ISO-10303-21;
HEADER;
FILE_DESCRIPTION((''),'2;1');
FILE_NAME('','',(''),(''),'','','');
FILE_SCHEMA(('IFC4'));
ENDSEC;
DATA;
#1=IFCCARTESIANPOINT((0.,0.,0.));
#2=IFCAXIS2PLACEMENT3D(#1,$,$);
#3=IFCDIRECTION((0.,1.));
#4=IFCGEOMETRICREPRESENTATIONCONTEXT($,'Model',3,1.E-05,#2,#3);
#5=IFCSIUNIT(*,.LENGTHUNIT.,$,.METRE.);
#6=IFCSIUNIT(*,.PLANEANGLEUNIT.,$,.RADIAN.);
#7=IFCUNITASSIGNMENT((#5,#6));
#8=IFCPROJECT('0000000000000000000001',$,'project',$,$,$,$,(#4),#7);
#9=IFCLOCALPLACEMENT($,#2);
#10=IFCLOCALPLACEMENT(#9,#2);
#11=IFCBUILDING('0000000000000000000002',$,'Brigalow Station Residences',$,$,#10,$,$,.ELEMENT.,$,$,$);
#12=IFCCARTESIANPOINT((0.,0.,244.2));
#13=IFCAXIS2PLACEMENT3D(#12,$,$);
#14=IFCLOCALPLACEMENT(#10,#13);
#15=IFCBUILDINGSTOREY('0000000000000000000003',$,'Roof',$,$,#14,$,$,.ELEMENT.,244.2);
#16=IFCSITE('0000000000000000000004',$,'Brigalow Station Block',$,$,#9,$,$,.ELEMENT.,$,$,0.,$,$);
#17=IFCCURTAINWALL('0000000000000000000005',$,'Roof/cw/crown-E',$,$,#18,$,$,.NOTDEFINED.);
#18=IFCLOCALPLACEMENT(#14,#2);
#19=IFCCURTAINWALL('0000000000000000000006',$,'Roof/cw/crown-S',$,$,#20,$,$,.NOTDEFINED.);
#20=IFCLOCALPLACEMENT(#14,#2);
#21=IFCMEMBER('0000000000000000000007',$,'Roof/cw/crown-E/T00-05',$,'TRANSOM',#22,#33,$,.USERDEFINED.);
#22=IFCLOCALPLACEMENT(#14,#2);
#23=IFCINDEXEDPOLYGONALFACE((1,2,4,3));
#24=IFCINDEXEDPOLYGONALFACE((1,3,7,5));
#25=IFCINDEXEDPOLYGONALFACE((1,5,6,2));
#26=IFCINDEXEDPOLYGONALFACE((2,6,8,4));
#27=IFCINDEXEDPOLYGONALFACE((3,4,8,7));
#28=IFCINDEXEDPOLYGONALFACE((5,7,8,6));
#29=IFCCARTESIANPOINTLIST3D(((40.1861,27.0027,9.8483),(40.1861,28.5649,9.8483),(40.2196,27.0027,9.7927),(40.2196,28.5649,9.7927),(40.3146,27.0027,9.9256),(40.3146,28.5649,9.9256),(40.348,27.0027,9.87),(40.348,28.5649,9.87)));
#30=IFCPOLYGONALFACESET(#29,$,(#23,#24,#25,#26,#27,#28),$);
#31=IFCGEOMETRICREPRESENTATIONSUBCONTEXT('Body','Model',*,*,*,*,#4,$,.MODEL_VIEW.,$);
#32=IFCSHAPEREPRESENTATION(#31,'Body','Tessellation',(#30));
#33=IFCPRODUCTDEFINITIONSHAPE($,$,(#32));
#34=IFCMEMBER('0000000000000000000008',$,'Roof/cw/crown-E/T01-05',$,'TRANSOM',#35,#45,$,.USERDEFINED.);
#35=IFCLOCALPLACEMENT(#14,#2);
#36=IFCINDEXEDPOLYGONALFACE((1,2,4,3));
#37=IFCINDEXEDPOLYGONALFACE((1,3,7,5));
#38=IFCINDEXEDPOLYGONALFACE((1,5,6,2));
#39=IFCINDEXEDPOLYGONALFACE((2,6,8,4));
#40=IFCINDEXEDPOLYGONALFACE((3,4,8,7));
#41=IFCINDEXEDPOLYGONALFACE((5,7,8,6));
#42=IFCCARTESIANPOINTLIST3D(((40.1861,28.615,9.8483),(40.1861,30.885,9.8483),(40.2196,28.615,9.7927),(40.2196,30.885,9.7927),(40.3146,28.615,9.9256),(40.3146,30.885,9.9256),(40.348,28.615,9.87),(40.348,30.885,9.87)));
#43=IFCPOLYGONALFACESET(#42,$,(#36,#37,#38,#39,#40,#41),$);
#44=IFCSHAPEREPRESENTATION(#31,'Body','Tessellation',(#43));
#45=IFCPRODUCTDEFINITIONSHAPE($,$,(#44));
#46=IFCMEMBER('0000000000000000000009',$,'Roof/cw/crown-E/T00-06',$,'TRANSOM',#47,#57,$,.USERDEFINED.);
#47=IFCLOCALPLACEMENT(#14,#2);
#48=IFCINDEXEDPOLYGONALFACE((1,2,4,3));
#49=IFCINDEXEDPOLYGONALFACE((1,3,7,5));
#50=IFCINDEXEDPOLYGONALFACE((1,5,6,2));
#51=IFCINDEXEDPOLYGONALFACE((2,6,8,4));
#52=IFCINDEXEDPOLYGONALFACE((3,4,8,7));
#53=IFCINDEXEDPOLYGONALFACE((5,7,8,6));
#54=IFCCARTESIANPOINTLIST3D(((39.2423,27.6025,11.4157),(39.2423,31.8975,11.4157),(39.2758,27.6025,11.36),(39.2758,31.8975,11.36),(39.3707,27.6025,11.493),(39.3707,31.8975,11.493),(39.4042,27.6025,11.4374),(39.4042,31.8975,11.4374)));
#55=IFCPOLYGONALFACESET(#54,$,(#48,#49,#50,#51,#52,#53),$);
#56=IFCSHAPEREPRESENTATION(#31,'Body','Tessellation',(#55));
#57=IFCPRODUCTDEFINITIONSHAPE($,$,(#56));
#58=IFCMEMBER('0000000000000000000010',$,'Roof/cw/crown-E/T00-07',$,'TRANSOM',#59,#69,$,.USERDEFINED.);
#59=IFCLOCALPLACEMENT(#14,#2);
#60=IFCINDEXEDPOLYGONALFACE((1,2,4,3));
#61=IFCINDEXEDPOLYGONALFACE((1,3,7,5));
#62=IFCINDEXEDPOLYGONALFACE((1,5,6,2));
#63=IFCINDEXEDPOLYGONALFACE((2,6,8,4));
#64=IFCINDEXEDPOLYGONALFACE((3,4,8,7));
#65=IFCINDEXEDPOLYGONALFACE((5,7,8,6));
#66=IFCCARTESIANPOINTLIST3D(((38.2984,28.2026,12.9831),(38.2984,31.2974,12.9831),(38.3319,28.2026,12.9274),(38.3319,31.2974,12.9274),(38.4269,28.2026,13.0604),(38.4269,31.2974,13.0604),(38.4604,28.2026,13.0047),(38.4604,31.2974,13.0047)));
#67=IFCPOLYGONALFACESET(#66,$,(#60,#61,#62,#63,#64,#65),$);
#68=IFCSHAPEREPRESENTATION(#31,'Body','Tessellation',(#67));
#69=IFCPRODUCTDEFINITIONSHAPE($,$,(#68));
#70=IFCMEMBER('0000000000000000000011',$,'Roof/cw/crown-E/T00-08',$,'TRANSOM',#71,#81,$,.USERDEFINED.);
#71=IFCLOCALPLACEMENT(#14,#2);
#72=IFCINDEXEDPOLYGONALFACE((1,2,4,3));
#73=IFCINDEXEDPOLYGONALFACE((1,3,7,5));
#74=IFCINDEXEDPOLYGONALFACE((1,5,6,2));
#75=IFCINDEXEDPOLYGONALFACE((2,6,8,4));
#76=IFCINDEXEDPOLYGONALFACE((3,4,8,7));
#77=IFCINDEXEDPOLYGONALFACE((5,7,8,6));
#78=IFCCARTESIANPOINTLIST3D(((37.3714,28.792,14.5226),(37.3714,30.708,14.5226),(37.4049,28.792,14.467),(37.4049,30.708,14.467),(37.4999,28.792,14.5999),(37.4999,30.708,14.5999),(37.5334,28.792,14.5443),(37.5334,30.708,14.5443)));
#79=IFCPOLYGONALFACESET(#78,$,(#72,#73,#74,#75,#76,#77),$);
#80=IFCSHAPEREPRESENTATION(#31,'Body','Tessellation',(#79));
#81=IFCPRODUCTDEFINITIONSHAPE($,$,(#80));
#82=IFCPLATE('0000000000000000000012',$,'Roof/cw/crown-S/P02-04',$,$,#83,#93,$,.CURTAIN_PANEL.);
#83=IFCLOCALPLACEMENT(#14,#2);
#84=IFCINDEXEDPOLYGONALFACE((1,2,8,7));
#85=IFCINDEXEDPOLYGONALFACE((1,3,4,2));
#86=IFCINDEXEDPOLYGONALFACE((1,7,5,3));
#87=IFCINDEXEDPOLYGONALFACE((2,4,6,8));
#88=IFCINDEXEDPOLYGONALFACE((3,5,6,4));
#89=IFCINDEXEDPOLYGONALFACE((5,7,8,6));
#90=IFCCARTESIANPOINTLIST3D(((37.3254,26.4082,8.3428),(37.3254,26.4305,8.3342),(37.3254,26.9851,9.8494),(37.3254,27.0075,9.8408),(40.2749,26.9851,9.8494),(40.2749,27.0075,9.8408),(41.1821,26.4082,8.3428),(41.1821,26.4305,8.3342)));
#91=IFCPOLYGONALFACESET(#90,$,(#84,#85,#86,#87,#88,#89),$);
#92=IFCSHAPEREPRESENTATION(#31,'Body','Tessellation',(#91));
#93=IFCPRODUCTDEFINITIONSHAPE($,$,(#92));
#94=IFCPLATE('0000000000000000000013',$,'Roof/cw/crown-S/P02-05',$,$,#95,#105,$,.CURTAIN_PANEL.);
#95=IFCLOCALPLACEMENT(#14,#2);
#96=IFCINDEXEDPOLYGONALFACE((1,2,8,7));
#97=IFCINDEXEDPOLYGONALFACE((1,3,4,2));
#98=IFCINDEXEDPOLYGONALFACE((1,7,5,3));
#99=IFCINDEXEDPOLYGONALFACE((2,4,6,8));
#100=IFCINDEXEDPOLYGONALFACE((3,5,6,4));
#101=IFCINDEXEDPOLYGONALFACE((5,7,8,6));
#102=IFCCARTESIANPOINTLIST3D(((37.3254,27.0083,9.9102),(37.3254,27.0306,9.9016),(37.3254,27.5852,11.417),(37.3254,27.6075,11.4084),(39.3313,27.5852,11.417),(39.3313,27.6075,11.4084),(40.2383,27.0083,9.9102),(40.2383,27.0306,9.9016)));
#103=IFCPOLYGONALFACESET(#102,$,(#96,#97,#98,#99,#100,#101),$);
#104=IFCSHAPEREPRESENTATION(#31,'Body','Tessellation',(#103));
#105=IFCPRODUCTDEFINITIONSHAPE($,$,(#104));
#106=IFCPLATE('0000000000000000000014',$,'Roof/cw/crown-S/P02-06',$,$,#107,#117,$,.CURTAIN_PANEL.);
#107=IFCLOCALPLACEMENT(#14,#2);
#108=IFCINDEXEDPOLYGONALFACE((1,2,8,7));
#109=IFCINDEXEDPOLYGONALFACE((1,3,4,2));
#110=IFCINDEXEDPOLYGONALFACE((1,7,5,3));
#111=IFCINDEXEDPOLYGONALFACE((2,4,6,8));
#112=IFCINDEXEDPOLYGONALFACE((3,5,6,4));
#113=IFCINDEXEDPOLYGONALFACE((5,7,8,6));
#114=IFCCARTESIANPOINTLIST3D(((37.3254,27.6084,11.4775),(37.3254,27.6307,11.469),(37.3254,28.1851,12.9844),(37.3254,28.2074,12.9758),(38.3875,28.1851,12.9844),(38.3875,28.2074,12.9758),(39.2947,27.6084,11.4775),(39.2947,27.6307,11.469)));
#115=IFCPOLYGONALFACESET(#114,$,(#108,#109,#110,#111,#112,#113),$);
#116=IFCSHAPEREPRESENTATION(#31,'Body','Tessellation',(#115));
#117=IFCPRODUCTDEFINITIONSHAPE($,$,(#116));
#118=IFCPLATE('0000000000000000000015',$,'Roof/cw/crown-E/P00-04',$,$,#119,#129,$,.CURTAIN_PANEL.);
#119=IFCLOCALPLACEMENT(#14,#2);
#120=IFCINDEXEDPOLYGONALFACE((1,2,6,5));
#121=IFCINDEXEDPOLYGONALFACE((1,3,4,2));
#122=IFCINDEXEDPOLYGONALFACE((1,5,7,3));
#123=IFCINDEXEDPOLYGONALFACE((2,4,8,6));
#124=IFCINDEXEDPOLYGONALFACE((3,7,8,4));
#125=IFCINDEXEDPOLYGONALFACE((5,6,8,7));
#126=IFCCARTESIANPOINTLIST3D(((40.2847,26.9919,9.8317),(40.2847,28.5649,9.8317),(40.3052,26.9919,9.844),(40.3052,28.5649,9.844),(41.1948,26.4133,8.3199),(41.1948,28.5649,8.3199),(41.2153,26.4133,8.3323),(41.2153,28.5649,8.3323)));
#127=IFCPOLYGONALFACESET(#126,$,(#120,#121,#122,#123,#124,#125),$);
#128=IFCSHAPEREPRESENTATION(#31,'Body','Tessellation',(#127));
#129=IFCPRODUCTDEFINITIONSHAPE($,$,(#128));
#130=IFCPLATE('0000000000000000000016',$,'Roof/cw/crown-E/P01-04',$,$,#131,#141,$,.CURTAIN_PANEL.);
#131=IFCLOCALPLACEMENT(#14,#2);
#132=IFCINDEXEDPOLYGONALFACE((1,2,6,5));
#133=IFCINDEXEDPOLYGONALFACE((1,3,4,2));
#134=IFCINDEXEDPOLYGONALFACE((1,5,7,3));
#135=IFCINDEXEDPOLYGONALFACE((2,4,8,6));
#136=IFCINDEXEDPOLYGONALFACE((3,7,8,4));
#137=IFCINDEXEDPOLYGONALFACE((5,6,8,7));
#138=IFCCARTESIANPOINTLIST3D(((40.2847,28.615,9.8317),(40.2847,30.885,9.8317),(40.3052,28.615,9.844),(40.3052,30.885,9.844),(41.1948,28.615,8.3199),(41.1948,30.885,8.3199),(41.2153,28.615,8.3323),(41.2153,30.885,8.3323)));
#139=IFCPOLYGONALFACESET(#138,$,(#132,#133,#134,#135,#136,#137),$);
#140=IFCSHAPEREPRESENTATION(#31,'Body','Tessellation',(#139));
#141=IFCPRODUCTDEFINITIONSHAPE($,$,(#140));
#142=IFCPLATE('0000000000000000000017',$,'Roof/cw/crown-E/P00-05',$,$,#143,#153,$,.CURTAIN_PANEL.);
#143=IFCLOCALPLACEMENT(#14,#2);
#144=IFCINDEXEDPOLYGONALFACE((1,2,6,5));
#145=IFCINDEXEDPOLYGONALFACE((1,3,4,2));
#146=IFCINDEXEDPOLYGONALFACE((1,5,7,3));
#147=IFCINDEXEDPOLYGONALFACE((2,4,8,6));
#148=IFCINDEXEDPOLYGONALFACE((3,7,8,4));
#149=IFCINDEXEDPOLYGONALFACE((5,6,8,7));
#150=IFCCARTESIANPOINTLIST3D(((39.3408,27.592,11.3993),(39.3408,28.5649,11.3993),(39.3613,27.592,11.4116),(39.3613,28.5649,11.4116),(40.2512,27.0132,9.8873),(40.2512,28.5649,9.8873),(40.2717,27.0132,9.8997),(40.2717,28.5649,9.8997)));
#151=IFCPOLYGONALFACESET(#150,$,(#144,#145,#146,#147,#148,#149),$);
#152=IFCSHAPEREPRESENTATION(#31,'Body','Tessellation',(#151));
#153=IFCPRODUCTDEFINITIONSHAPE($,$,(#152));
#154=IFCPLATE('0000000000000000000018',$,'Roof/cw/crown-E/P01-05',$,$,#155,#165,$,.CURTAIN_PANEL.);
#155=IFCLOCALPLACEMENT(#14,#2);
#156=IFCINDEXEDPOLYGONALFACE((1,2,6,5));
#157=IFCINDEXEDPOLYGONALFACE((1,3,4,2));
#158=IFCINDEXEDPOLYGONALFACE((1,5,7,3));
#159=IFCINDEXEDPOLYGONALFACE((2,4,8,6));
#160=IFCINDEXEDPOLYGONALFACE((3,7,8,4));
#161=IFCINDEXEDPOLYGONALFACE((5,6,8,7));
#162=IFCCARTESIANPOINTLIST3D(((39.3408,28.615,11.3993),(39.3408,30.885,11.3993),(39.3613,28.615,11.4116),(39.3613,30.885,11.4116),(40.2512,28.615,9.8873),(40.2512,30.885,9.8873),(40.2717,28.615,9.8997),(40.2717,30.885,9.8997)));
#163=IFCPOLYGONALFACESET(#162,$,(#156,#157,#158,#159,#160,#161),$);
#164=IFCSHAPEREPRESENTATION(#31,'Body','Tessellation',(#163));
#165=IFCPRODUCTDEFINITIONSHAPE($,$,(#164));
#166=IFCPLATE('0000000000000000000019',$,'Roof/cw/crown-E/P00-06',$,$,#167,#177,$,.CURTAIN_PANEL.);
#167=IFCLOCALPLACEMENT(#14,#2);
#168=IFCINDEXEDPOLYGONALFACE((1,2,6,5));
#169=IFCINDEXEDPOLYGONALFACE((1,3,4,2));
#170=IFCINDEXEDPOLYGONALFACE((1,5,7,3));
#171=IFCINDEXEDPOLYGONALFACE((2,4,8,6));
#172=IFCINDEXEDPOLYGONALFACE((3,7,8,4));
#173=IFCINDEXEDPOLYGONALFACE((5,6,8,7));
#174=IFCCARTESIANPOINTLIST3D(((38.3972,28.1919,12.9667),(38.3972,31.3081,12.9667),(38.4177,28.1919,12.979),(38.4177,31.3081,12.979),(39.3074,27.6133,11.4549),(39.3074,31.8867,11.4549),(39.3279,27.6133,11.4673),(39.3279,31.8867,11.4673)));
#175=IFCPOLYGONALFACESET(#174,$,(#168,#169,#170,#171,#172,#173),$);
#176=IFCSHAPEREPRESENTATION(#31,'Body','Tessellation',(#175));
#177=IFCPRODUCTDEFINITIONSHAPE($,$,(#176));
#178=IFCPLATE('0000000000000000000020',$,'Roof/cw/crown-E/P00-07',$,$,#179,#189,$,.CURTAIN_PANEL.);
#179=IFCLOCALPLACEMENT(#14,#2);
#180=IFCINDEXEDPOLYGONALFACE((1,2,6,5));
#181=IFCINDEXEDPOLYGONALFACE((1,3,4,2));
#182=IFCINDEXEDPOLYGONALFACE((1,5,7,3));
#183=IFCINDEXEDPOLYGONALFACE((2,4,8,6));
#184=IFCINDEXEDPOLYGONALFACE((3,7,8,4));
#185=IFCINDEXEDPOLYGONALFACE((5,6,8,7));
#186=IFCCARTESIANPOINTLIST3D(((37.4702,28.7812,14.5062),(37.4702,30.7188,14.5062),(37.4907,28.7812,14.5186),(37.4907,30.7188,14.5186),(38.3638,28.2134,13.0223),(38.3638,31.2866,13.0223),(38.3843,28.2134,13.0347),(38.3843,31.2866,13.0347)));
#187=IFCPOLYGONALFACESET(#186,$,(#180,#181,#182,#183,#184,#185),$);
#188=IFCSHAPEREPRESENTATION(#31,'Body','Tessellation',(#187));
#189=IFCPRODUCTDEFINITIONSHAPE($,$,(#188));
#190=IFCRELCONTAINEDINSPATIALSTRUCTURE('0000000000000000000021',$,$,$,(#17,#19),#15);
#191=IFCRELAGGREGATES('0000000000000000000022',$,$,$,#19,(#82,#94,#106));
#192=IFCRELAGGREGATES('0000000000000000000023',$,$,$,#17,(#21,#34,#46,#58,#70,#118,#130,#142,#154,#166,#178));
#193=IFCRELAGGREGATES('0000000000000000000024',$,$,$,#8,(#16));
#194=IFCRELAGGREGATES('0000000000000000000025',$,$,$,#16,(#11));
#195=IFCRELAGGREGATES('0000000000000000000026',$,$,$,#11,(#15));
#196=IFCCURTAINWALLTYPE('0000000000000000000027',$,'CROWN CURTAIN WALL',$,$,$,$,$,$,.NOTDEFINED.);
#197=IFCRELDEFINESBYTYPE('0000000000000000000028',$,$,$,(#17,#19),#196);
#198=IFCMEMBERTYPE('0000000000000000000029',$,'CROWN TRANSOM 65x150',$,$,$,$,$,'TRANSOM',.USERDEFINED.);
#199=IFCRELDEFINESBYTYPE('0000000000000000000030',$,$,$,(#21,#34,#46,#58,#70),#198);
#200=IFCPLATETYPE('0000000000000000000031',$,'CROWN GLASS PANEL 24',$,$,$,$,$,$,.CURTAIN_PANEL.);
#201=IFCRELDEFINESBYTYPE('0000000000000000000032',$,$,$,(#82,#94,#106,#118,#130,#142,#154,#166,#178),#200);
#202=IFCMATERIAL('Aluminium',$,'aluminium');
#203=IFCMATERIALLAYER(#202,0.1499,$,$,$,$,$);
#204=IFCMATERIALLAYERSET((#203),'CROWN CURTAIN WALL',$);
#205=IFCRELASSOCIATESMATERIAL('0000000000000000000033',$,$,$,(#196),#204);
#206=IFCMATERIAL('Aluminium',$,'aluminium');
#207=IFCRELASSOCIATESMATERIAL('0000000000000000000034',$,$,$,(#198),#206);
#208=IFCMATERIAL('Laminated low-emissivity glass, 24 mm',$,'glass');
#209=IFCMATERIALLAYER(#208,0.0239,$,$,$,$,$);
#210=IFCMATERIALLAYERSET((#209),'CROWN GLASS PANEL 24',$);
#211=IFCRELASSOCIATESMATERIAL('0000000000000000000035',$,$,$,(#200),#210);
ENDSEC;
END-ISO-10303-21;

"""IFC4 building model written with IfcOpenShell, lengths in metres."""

from ifc_helpers import new_model, si_unit, direction, frame, origin, origin_2d, place, context, subcontext, project, spatial, polyline, rectangle, outline, extrude, material, layer, layer_set, material_profile, profile_set, type_object, element, aggregate, save


model = new_model("IFC4")

# Units and contexts
model_context = context("Model", 3, precision=1e-05, world=origin(), true_north=direction((0.0, 1.0)))
body_context = subcontext(model_context, "Body", "Model", "MODEL_VIEW")
ifc_project = project(units=[si_unit("LENGTHUNIT", "METRE"), si_unit("PLANEANGLEUNIT", "RADIAN")], contexts=[model_context])

# Site, building, storey
site_placement = place(None, origin())
site = spatial("IfcSite", under=ifc_project, at=site_placement, Name="Brigalow Station Block", CompositionType="ELEMENT", RefElevation=0.0)
building_placement = place(site_placement, origin())
building = spatial("IfcBuilding", under=site, at=building_placement, Name="Brigalow Station Residences", CompositionType="ELEMENT")
storey_placement = place(building_placement, frame((0.0, 0.0, 244.2)))
storey = spatial("IfcBuildingStorey", under=building, at=storey_placement, Name="Roof", CompositionType="ELEMENT", Elevation=244.2)

# Curtain wall
ifc_material_1 = material(Name="Aluminium", Category="aluminium")
ifc_layer_1 = layer(ifc_material_1, 0.1499)
ifc_layer_set_1 = layer_set([ifc_layer_1], Name="CROWN CURTAIN WALL")
curtain_wall_type = type_object("IfcCurtainWallType", Name="CROWN CURTAIN WALL", PredefinedType="NOTDEFINED", material=ifc_layer_set_1)
curtain_wall_1_placement = place(storey_placement, origin())
curtain_wall_1 = element("IfcCurtainWall", 1, at=curtain_wall_1_placement, inside=storey, type_object=curtain_wall_type, Name="Roof/cw/crown-E", PredefinedType="NOTDEFINED")

# Curtain wall
curtain_wall_2_placement = place(storey_placement, origin())
curtain_wall_2 = element("IfcCurtainWall", 2, at=curtain_wall_2_placement, inside=storey, type_object=curtain_wall_type, Name="Roof/cw/crown-S", PredefinedType="NOTDEFINED")
ifc_material_2 = material(Name="Aluminium", Category="aluminium")
ifc_material_profile_1 = material_profile(ifc_material_2, rectangle(XDim=0.0649, YDim=0.1499, at=origin_2d()), Name="CROWN TRANSOM 65x150")
ifc_profile_set_1 = profile_set([ifc_material_profile_1], Name="Aluminium")
member_type_1 = type_object("IfcMemberType", Name="CROWN TRANSOM 65x150", ElementType="TRANSOM", PredefinedType="USERDEFINED", material=ifc_profile_set_1)

# Members
member_1_placement = place(storey_placement, frame((40.2671, 27.0027, 9.8591), z_axis=(0.0, 1.0, 0.0), x_axis=(-0.515813, 0.0, 0.856701)))
member_1 = element("IfcMember", 3, at=member_1_placement, type_object=member_type_1, Name="Roof/cw/crown-E/T00-05", ObjectType="TRANSOM", PredefinedType="USERDEFINED", context=body_context, shape_type="SweptSolid", body=[
    extrude(rectangle(XDim=0.0649, YDim=0.1499, at=origin_2d()), origin(), (0.0, 0.0, 1.0), 1.5623),
])
member_2_placement = place(storey_placement, frame((40.2671, 28.615, 9.8591), z_axis=(0.0, 1.0, 0.0), x_axis=(-0.515813, 0.0, 0.856701)))
member_2 = element("IfcMember", 4, at=member_2_placement, type_object=member_type_1, Name="Roof/cw/crown-E/T01-05", ObjectType="TRANSOM", PredefinedType="USERDEFINED", context=body_context, shape_type="SweptSolid", body=[
    extrude(rectangle(XDim=0.0649, YDim=0.1499, at=origin_2d()), origin(), (0.0, 0.0, 1.0), 2.27),
])
member_3_placement = place(storey_placement, frame((39.3232, 27.6025, 11.4265), z_axis=(0.0, 1.0, 0.0), x_axis=(-0.515813, 0.0, 0.856701)))
member_3 = element("IfcMember", 5, at=member_3_placement, type_object=member_type_1, Name="Roof/cw/crown-E/T00-06", ObjectType="TRANSOM", PredefinedType="USERDEFINED", context=body_context, shape_type="SweptSolid", body=[
    extrude(rectangle(XDim=0.0649, YDim=0.1499, at=origin_2d()), origin(), (0.0, 0.0, 1.0), 4.2949),
])
member_4_placement = place(storey_placement, frame((38.3794, 28.2026, 12.9939), z_axis=(0.0, 1.0, 0.0), x_axis=(-0.515813, 0.0, 0.856701)))
member_4 = element("IfcMember", 6, at=member_4_placement, type_object=member_type_1, Name="Roof/cw/crown-E/T00-07", ObjectType="TRANSOM", PredefinedType="USERDEFINED", context=body_context, shape_type="SweptSolid", body=[
    extrude(rectangle(XDim=0.0649, YDim=0.1499, at=origin_2d()), origin(), (0.0, 0.0, 1.0), 3.0947),
])
member_5_placement = place(storey_placement, frame((37.4524, 28.792, 14.5334), z_axis=(0.0, 1.0, 0.0), x_axis=(-0.515813, 0.0, 0.856701)))
member_5 = element("IfcMember", 7, at=member_5_placement, type_object=member_type_1, Name="Roof/cw/crown-E/T00-08", ObjectType="TRANSOM", PredefinedType="USERDEFINED", context=body_context, shape_type="SweptSolid", body=[
    extrude(rectangle(XDim=0.0649, YDim=0.1499, at=origin_2d()), origin(), (0.0, 0.0, 1.0), 1.916),
])

# Plates
ifc_material_3 = material(Name="Laminated low-emissivity glass, 24 mm", Category="glass")
ifc_layer_2 = layer(ifc_material_3, 0.0239)
ifc_layer_set_2 = layer_set([ifc_layer_2], Name="CROWN GLASS PANEL 24")
plate_type_1 = type_object("IfcPlateType", Name="CROWN GLASS PANEL 24", PredefinedType="CURTAIN_PANEL", material=ifc_layer_set_2)
plate_1_placement = place(storey_placement, frame((37.3254, 26.4082, 8.3428), z_axis=(0.0, -0.933875, 0.3576), x_axis=(1.0, 0.0, 0.0)))
plate_1 = element("IfcPlate", 8, at=plate_1_placement, type_object=plate_type_1, Name="Roof/cw/crown-S/P02-04", PredefinedType="CURTAIN_PANEL", context=body_context, shape_type="SweptSolid", body=[
    extrude(outline(polyline([(0.0, 0.0), (3.8567, 0.0), (2.9495, 1.6133), (0.0, 1.6133), (0.0, 0.0)])), origin(), (0.0, 0.0, -1.0), 0.0239),
])
plate_2_placement = place(storey_placement, frame((37.3254, 27.0083, 9.9102), z_axis=(0.0, -0.933894, 0.357549), x_axis=(1.0, 0.0, 0.0)))
plate_2 = element("IfcPlate", 9, at=plate_2_placement, type_object=plate_type_1, Name="Roof/cw/crown-S/P02-05", PredefinedType="CURTAIN_PANEL", context=body_context, shape_type="SweptSolid", body=[
    extrude(outline(polyline([(0.0, 0.0), (2.9128, 0.0), (2.0059, 1.6135), (0.0, 1.6135), (0.0, 0.0)])), origin(), (0.0, 0.0, -1.0), 0.0239),
])
plate_3_placement = place(storey_placement, frame((37.3254, 27.6084, 11.4775), z_axis=(0.0, -0.933945, 0.357417), x_axis=(1.0, 0.0, 0.0)))
plate_3 = element("IfcPlate", 10, at=plate_3_placement, type_object=plate_type_1, Name="Roof/cw/crown-S/P02-06", PredefinedType="CURTAIN_PANEL", context=body_context, shape_type="SweptSolid", body=[
    extrude(outline(polyline([(0.0, 0.0), (1.9692, 0.0), (1.062, 1.6134), (0.0, 1.6134), (0.0, 0.0)])), origin(), (0.0, 0.0, -1.0), 0.0239),
])
aggregate(curtain_wall_2, [plate_1, plate_2, plate_3])
plate_4_placement = place(storey_placement, frame((41.2153, 26.4133, 8.3323), z_axis=(0.856711, 0.0, 0.515797), x_axis=(0.0, 1.0, 0.0)))
plate_4 = element("IfcPlate", 11, at=plate_4_placement, type_object=plate_type_1, Name="Roof/cw/crown-E/P00-04", PredefinedType="CURTAIN_PANEL", context=body_context, shape_type="SweptSolid", body=[
    extrude(outline(polyline([(0.0, 0.0), (2.1516, 0.0), (2.1516, 1.7646), (0.5786, 1.7646), (0.0, 0.0)])), origin(), (0.0, 0.0, -1.0), 0.0239),
])
plate_5_placement = place(storey_placement, frame((41.2153, 28.615, 8.3323), z_axis=(0.856711, 0.0, 0.515797), x_axis=(0.0, 1.0, 0.0)))
plate_5 = element("IfcPlate", 12, at=plate_5_placement, type_object=plate_type_1, Name="Roof/cw/crown-E/P01-04", PredefinedType="CURTAIN_PANEL", context=body_context, shape_type="SweptSolid", body=[
    extrude(outline(polyline([(0.0, 0.0), (2.27, 0.0), (2.27, 1.7646), (0.0, 1.7646), (0.0, 0.0)])), origin(), (0.0, 0.0, -1.0), 0.0239),
])
plate_6_placement = place(storey_placement, frame((40.2717, 27.0132, 9.8997), z_axis=(0.856686, 0.0, 0.515838), x_axis=(0.0, 1.0, 0.0)))
plate_6 = element("IfcPlate", 13, at=plate_6_placement, type_object=plate_type_1, Name="Roof/cw/crown-E/P00-05", PredefinedType="CURTAIN_PANEL", context=body_context, shape_type="SweptSolid", body=[
    extrude(outline(polyline([(0.0, 0.0), (1.5518, 0.0), (1.5518, 1.7649), (0.5789, 1.7649), (0.0, 0.0)])), origin(), (0.0, 0.0, -1.0), 0.0239),
])
plate_7_placement = place(storey_placement, frame((40.2717, 28.615, 9.8997), z_axis=(0.856686, 0.0, 0.515838), x_axis=(0.0, 1.0, 0.0)))
plate_7 = element("IfcPlate", 14, at=plate_7_placement, type_object=plate_type_1, Name="Roof/cw/crown-E/P01-05", PredefinedType="CURTAIN_PANEL", context=body_context, shape_type="SweptSolid", body=[
    extrude(outline(polyline([(0.0, 0.0), (2.27, 0.0), (2.27, 1.7649), (0.0, 1.7649), (0.0, 0.0)])), origin(), (0.0, 0.0, -1.0), 0.0239),
])
plate_8_placement = place(storey_placement, frame((39.3279, 27.6133, 11.4673), z_axis=(0.856711, 0.0, 0.515797), x_axis=(0.0, 1.0, 0.0)))
plate_8 = element("IfcPlate", 15, at=plate_8_placement, type_object=plate_type_1, Name="Roof/cw/crown-E/P00-06", PredefinedType="CURTAIN_PANEL", context=body_context, shape_type="SweptSolid", body=[
    extrude(outline(polyline([(0.0, 0.0), (4.2734, 0.0), (3.6948, 1.7646), (0.5786, 1.7646), (0.0, 0.0)])), origin(), (0.0, 0.0, -1.0), 0.0239),
])
plate_9_placement = place(storey_placement, frame((38.3843, 28.2134, 13.0347), z_axis=(0.856671, 0.0, 0.515863), x_axis=(0.0, 1.0, 0.0)))
plate_9 = element("IfcPlate", 16, at=plate_9_placement, type_object=plate_type_1, Name="Roof/cw/crown-E/P00-07", PredefinedType="CURTAIN_PANEL", context=body_context, shape_type="SweptSolid", body=[
    extrude(outline(polyline([(0.0, 0.0), (3.0732, 0.0), (2.5054, 1.7322), (0.5679, 1.7322), (0.0, 0.0)])), origin(), (0.0, 0.0, -1.0), 0.0239),
])
aggregate(curtain_wall_1, [member_1, member_2, member_3, member_4, member_5, plate_4, plate_5, plate_6, plate_7, plate_8, plate_9])

save(model, "model.ifc")
